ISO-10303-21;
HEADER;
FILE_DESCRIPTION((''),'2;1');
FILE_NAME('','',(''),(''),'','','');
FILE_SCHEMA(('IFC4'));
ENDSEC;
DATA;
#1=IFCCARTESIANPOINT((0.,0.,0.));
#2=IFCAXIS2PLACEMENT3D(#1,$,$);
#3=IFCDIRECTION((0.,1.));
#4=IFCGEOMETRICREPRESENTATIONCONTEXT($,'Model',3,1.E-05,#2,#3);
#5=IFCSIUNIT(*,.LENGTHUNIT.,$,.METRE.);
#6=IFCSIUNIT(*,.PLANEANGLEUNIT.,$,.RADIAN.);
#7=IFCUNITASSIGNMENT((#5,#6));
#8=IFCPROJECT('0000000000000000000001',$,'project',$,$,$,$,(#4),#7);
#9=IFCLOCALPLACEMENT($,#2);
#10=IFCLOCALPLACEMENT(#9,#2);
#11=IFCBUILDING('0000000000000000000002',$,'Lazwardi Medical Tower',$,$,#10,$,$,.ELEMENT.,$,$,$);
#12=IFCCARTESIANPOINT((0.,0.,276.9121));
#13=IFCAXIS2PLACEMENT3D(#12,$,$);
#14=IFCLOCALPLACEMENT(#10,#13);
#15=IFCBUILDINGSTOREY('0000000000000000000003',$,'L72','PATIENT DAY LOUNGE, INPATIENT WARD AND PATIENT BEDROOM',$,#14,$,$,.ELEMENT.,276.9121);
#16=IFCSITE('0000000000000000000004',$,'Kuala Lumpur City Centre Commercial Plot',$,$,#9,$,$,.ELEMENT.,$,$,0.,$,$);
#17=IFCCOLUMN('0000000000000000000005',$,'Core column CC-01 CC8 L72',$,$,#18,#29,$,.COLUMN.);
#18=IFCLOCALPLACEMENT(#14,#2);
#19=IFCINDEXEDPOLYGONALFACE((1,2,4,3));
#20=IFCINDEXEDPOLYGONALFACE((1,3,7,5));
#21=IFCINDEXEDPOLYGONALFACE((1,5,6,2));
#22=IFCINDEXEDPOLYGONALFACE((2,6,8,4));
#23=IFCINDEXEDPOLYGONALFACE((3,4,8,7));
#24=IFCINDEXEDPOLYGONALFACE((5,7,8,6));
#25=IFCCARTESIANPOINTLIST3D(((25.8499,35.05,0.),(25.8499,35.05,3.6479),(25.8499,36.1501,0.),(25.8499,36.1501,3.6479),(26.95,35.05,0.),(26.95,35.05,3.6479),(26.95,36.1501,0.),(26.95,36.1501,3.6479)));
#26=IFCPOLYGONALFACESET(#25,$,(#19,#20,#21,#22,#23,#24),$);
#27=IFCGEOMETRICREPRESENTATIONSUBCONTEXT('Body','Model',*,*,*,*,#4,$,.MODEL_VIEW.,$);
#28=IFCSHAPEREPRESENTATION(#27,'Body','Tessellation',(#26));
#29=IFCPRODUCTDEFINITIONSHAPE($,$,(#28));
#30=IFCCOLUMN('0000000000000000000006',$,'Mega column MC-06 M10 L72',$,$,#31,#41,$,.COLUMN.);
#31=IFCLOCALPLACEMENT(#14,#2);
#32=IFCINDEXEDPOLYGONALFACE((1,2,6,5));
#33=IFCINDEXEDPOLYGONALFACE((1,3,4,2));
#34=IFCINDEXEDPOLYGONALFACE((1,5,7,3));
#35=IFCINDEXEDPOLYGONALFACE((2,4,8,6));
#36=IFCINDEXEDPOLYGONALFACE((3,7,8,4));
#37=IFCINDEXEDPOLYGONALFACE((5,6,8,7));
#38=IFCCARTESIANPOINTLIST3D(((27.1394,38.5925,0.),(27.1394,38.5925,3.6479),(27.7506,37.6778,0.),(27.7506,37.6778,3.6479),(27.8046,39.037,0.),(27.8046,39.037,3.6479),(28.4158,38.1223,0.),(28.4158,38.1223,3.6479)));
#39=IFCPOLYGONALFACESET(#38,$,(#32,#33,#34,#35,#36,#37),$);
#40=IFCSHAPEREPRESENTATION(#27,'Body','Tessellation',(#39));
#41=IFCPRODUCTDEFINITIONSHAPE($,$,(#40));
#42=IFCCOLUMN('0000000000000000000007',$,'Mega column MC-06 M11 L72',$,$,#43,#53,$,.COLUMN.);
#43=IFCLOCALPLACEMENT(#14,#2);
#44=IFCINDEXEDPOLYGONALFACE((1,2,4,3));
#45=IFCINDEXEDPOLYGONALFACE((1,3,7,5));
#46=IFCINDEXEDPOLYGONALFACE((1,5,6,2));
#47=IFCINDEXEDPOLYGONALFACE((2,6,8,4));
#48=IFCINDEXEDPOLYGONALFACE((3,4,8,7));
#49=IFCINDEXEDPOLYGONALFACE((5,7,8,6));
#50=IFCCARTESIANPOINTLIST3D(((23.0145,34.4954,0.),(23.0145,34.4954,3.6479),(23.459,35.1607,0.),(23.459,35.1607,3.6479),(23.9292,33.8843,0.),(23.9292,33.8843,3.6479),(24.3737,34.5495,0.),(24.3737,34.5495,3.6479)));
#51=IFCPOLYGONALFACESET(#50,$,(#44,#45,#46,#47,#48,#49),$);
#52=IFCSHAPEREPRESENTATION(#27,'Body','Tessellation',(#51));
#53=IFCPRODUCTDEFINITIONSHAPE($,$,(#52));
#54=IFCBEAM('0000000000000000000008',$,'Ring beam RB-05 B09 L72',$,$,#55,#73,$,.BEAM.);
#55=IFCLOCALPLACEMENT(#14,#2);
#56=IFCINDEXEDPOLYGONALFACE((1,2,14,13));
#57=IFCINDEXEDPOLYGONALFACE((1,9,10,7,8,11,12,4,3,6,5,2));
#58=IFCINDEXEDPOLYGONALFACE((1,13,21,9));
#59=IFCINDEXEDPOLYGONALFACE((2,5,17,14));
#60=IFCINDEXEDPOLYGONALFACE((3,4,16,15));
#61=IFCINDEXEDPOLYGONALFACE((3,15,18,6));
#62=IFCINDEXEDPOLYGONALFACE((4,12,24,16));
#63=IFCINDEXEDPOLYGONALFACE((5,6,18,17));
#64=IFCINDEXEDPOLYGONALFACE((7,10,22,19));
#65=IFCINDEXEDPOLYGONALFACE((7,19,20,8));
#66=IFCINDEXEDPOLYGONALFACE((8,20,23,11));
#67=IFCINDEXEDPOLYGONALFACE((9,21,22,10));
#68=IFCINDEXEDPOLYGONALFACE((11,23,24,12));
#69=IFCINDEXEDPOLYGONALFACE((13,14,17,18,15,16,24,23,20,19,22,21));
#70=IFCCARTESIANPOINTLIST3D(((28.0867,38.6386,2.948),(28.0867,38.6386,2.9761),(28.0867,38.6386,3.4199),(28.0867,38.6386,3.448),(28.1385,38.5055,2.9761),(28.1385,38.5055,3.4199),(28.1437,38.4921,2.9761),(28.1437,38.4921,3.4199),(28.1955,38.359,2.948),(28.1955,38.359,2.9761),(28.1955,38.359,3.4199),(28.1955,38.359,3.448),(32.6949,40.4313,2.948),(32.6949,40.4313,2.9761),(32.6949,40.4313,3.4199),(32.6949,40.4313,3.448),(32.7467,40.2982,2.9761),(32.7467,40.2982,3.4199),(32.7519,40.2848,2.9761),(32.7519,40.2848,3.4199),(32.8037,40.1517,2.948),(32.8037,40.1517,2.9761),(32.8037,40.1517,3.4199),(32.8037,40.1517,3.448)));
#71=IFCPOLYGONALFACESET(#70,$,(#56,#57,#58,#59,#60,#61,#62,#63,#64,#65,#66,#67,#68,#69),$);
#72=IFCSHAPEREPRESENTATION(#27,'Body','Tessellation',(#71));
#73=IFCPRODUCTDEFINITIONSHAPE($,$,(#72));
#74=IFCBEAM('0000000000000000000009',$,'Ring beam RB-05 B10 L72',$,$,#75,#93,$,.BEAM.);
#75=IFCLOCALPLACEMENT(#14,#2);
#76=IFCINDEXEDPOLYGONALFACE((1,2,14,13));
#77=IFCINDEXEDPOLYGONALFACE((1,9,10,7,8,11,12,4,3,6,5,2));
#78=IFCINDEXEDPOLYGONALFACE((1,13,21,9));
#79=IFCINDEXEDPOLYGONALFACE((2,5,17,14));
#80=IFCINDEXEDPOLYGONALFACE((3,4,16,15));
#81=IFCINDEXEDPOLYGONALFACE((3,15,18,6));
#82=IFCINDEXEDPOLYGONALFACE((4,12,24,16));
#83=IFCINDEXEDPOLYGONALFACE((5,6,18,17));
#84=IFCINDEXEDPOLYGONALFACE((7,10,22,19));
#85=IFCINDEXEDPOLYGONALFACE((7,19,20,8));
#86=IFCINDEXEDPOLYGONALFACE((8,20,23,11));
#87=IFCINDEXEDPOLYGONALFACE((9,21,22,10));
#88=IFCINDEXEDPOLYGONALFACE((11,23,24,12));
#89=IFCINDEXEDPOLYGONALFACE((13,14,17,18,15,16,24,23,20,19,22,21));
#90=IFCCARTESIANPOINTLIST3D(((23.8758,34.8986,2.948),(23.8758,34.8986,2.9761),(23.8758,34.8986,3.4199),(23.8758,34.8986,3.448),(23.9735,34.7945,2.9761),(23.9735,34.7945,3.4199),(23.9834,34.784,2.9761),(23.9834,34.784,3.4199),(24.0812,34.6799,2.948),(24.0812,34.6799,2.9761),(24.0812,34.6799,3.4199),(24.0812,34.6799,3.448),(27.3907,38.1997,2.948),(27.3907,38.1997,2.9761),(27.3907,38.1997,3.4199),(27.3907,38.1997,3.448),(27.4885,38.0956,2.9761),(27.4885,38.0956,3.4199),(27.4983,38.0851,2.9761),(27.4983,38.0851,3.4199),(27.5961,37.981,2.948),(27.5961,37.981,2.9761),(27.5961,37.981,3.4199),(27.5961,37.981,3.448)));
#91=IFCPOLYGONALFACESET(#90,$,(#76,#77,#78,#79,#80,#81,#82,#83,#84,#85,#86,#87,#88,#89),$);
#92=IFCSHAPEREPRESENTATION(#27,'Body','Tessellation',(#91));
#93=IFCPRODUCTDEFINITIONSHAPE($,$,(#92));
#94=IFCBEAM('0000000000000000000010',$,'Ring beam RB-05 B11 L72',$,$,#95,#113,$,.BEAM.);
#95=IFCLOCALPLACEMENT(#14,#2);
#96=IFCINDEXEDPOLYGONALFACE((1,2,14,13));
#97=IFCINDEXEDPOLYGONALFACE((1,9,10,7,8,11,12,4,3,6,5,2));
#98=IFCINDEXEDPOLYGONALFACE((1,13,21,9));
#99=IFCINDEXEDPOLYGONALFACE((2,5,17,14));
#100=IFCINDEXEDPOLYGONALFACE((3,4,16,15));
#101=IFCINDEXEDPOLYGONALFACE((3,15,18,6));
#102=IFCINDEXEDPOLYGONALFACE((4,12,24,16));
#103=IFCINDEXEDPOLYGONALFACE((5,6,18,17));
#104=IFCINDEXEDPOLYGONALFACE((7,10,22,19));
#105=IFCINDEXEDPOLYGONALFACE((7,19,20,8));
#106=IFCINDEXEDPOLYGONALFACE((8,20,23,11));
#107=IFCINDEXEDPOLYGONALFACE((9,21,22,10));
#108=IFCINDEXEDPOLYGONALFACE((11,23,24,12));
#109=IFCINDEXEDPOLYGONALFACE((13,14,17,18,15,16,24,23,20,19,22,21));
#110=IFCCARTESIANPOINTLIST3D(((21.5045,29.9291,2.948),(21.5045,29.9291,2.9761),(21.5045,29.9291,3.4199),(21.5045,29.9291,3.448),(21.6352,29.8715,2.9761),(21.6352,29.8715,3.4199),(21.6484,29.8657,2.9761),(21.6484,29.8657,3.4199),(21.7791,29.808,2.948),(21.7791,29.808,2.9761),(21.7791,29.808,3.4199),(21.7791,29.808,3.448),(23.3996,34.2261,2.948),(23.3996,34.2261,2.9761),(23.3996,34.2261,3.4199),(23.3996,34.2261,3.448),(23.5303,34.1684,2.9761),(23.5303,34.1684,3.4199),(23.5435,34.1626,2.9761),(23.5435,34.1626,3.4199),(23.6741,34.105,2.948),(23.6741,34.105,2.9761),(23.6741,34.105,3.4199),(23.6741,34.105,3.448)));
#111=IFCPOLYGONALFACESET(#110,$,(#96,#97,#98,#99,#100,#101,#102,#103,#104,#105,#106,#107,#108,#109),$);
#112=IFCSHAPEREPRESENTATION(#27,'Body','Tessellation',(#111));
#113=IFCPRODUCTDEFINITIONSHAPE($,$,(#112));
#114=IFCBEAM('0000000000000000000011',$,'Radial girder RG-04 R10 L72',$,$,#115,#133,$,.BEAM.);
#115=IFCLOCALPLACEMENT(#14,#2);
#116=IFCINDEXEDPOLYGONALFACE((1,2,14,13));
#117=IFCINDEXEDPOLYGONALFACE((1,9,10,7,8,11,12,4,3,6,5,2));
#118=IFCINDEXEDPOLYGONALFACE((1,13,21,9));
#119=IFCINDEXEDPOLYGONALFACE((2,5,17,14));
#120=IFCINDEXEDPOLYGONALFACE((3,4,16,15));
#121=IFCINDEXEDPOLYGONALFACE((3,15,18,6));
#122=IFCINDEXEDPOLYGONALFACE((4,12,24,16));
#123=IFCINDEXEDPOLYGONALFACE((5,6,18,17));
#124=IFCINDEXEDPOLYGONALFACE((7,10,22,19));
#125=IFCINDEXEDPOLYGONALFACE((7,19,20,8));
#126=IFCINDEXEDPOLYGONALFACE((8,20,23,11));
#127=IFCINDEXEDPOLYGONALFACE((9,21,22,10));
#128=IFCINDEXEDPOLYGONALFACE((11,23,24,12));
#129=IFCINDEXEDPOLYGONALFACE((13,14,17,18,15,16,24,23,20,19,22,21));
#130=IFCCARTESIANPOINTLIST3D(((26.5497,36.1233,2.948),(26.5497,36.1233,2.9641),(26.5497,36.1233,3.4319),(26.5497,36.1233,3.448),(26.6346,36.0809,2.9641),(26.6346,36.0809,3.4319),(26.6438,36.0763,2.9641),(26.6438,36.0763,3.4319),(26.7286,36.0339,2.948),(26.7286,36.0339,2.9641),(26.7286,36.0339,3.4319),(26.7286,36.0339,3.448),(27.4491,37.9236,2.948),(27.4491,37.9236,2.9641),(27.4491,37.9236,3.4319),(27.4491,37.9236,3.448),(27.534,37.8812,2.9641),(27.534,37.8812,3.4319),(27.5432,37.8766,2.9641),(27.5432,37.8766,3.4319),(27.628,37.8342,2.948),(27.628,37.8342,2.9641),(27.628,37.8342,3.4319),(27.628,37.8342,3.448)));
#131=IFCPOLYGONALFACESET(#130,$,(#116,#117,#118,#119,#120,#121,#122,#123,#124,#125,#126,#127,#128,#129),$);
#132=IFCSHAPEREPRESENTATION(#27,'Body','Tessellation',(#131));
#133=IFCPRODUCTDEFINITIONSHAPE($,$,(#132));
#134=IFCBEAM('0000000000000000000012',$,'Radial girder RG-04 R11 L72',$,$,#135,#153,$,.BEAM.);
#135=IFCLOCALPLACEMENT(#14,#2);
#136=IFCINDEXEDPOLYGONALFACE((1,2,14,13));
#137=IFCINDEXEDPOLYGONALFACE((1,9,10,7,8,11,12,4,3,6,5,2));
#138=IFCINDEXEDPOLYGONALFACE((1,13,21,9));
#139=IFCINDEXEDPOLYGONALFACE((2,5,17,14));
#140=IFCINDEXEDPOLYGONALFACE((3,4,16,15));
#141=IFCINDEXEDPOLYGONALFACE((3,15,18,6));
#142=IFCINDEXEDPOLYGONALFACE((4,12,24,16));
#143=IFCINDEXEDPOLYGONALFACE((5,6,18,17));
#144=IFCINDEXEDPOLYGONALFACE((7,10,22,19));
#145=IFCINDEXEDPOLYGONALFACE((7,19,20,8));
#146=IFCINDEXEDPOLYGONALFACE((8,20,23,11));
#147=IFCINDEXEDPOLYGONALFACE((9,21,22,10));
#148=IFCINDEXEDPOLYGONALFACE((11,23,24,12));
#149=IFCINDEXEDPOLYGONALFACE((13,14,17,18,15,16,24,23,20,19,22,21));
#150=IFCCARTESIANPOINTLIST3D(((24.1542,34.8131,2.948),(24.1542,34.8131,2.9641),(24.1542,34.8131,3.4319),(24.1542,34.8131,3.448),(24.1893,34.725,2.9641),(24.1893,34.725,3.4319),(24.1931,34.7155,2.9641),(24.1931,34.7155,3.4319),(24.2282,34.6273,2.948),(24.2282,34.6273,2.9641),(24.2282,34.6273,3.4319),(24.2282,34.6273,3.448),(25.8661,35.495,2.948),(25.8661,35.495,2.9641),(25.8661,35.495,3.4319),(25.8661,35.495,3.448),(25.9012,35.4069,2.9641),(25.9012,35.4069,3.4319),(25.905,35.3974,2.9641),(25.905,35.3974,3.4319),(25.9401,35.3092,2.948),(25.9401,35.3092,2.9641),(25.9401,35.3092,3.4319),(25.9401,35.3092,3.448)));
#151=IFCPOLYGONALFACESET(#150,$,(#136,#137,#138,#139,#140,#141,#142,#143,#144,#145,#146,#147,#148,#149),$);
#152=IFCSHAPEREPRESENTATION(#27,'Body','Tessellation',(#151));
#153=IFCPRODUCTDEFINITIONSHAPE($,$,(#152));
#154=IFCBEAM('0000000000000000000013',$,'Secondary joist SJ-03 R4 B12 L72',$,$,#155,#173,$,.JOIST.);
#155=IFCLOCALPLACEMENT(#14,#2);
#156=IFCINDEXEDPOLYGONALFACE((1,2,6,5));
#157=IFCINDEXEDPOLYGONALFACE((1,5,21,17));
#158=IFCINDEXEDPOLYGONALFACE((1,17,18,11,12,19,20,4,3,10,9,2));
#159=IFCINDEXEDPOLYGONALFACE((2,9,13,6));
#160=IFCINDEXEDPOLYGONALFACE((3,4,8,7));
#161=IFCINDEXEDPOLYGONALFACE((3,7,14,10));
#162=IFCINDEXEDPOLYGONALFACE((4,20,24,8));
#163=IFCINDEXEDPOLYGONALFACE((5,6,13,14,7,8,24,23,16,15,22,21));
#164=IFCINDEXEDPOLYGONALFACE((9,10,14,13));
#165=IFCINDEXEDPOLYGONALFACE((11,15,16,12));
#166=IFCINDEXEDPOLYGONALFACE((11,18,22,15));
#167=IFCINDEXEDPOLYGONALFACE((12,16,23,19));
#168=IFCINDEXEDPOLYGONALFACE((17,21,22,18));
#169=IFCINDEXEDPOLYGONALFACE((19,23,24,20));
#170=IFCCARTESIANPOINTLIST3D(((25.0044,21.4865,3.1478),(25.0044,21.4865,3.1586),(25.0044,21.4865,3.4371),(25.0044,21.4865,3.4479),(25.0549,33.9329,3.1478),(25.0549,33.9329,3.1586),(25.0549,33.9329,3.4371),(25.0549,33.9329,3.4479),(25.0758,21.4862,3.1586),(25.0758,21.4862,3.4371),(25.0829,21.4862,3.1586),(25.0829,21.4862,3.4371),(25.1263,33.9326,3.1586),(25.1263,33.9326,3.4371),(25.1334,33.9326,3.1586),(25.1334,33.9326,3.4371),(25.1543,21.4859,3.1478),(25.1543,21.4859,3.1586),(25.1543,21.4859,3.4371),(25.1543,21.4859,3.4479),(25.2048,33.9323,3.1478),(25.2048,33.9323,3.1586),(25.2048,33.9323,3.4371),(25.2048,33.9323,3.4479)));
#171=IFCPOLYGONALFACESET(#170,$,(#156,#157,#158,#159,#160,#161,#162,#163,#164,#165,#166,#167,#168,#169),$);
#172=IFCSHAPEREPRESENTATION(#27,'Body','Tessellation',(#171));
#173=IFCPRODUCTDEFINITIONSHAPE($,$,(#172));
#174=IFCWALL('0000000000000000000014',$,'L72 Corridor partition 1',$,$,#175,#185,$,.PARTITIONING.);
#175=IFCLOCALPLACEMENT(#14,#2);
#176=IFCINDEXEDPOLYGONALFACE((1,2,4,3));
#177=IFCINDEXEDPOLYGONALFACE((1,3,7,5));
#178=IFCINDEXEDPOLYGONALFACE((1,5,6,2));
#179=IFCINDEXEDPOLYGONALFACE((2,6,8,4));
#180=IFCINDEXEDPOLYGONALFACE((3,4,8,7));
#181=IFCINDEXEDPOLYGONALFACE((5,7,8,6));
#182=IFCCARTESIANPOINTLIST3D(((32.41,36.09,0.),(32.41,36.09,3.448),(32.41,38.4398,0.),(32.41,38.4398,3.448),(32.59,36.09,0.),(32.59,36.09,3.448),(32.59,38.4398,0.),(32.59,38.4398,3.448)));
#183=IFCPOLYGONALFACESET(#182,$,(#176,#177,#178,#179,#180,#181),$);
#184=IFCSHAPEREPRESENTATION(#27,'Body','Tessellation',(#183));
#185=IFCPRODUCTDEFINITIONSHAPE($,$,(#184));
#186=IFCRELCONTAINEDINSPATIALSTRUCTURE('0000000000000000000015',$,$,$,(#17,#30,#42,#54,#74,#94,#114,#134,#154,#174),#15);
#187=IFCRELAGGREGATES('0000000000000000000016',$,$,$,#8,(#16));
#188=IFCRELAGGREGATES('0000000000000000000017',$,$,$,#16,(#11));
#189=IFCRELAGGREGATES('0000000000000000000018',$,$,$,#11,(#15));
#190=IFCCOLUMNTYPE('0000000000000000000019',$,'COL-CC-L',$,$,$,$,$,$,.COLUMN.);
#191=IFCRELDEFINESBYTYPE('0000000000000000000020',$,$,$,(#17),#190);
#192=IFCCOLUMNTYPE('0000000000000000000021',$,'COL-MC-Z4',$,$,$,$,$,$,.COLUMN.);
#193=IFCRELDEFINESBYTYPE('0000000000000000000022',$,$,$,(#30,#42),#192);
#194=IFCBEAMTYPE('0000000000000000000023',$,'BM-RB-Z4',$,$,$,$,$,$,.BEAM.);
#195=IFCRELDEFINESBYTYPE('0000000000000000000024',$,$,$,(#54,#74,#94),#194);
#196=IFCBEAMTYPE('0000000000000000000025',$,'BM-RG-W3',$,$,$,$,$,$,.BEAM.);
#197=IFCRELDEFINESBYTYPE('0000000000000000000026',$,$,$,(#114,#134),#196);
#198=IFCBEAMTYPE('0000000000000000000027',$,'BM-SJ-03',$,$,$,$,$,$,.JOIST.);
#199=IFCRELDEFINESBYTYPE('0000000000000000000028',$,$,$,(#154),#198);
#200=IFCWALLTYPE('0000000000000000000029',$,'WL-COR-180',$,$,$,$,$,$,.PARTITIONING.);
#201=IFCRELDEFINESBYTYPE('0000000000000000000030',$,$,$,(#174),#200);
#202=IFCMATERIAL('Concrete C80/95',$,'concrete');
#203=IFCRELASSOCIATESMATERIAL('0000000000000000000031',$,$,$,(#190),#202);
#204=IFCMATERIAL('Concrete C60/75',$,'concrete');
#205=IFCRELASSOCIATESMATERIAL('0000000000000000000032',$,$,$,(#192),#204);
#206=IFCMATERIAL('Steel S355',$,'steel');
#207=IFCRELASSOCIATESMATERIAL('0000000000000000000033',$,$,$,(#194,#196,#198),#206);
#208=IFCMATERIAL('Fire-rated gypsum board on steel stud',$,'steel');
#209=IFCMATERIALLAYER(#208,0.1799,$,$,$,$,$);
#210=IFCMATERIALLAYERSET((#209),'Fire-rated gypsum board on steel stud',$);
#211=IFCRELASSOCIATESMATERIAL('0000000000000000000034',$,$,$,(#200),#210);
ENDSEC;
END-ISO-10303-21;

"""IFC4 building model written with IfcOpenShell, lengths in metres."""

from ifc_helpers import new_model, si_unit, direction, frame, frame_2d, origin, origin_2d, place, context, subcontext, project, spatial, rectangle, i_section, extrude, material, layer, layer_set, material_profile, profile_set, type_object, element, save


model = new_model("IFC4")

# Units and contexts
model_context = context("Model", 3, precision=1e-05, world=origin(), true_north=direction((0.0, 1.0)))
body_context = subcontext(model_context, "Body", "Model", "MODEL_VIEW")
ifc_project = project(units=[si_unit("LENGTHUNIT", "METRE"), si_unit("PLANEANGLEUNIT", "RADIAN")], contexts=[model_context])

# Site, building, storey
site_placement = place(None, origin())
site = spatial("IfcSite", under=ifc_project, at=site_placement, Name="Kuala Lumpur City Centre Commercial Plot", CompositionType="ELEMENT", RefElevation=0.0)
building_placement = place(site_placement, origin())
building = spatial("IfcBuilding", under=site, at=building_placement, Name="Lazwardi Medical Tower", CompositionType="ELEMENT")
storey_placement = place(building_placement, frame((0.0, 0.0, 276.9121)))
storey = spatial("IfcBuildingStorey", under=building, at=storey_placement, Name="L72", Description="PATIENT DAY LOUNGE, INPATIENT WARD AND PATIENT BEDROOM", CompositionType="ELEMENT", Elevation=276.9121)

# Columns
ifc_material_1 = material(Name="Concrete C80/95", Category="concrete")
ifc_material_profile_1 = material_profile(ifc_material_1, rectangle(XDim=1.1001, YDim=1.1001, at=origin_2d()), Name="RC 1100x1100")
ifc_profile_set_1 = profile_set([ifc_material_profile_1], Name="Concrete C80/95")
column_type_1 = type_object("IfcColumnType", Name="COL-CC-L", PredefinedType="COLUMN", material=ifc_profile_set_1)
column_placement = place(storey_placement, frame((26.3999, 35.6001, 0.0), z_axis=(0.0, 0.0, 1.0), x_axis=(1.0, 0.0, 0.0)))
element("IfcColumn", 1, at=column_placement, inside=storey, type_object=column_type_1, Name="Core column CC-01 CC8 L72", PredefinedType="COLUMN", context=body_context, shape_type="SweptSolid", body=[
    extrude(rectangle(XDim=1.1001, YDim=1.1001, at=origin_2d()), origin(), (0.0, 0.0, 1.0), 3.6479),
])
ifc_material_2 = material(Name="Concrete C60/75", Category="concrete")
ifc_material_profile_2 = material_profile(ifc_material_2, rectangle(XDim=1.1001, YDim=0.8, at=origin_2d()), Name="CFT-RECT 1100x800")
ifc_profile_set_2 = profile_set([ifc_material_profile_2], Name="Concrete C60/75")
column_type_2 = type_object("IfcColumnType", Name="COL-MC-Z4", PredefinedType="COLUMN", material=ifc_profile_set_2)
for number, where, z_axis, x_axis, name in (
    (2, (27.7776, 38.3574, 0.0), (0.0, 0.0, 1.0), (-0.55557, 0.83147, 0.0), "Mega column MC-06 M10 L72"),
    (3, (23.6941, 34.5225, 0.0), (0.0, 0.0, 1.0), (-0.83147, 0.55557, 0.0), "Mega column MC-06 M11 L72"),
):
    element("IfcColumn", number, at=place(storey_placement, frame(where, z_axis=z_axis, x_axis=x_axis)), inside=storey, type_object=column_type_2, Name=name, PredefinedType="COLUMN", context=body_context, shape_type="SweptSolid", body=[
        extrude(rectangle(XDim=1.1001, YDim=0.8, at=origin_2d()), origin(), (0.0, 0.0, 1.0), 3.6479),
    ])

# Beams
ifc_material_3 = material(Name="Steel S355", Category="steel")
ifc_material_profile_3 = material_profile(ifc_material_3, i_section(OverallWidth=0.3, OverallDepth=0.5, WebThickness=0.0144, FlangeThickness=0.0281, at=origin_2d()), Name="HEB 500")
ifc_profile_set_3 = profile_set([ifc_material_profile_3], Name="Steel S355")
beam_type_1 = type_object("IfcBeamType", Name="BM-RB-Z4", PredefinedType="BEAM", material=ifc_profile_set_3)
beam_1_placement = place(storey_placement, frame((32.7493, 40.2915, 3.198), z_axis=(-0.931959, -0.362563, 0.0), x_axis=(0.362563, -0.931959, 0.0)))
element("IfcBeam", 4, at=beam_1_placement, inside=storey, type_object=beam_type_1, Name="Ring beam RB-05 B09 L72", PredefinedType="BEAM", context=body_context, shape_type="SweptSolid", body=[
    extrude(i_section(OverallWidth=0.3, OverallDepth=0.5, WebThickness=0.0144, FlangeThickness=0.0281, at=origin_2d()), origin(), (0.0, 0.0, 1.0), 4.9446),
])
beam_2_placement = place(storey_placement, frame((27.4934, 38.0903, 3.198), z_axis=(-0.728935, -0.684583, 0.0), x_axis=(0.684583, -0.728935, 0.0)))
element("IfcBeam", 5, at=beam_2_placement, inside=storey, type_object=beam_type_1, Name="Ring beam RB-05 B10 L72", PredefinedType="BEAM", context=body_context, shape_type="SweptSolid", body=[
    extrude(i_section(OverallWidth=0.3, OverallDepth=0.5, WebThickness=0.0144, FlangeThickness=0.0281, at=origin_2d()), origin(), (0.0, 0.0, 1.0), 4.822),
])
beam_3_placement = place(storey_placement, frame((23.5369, 34.1655, 3.198), z_axis=(-0.403522, -0.91497, 0.0), x_axis=(0.91497, -0.403522, 0.0)))
element("IfcBeam", 6, at=beam_3_placement, inside=storey, type_object=beam_type_1, Name="Ring beam RB-05 B11 L72", PredefinedType="BEAM", context=body_context, shape_type="SweptSolid", body=[
    extrude(i_section(OverallWidth=0.3, OverallDepth=0.5, WebThickness=0.0144, FlangeThickness=0.0281, at=origin_2d()), origin(), (0.0, 0.0, 1.0), 4.6963),
])
ifc_material_profile_4 = material_profile(ifc_material_3, i_section(OverallWidth=0.2, OverallDepth=0.5, WebThickness=0.0103, FlangeThickness=0.0161, at=origin_2d()), Name="IPE 500")
ifc_profile_set_4 = profile_set([ifc_material_profile_4], Name="Steel S355")
beam_type_2 = type_object("IfcBeamType", Name="BM-RG-W3", PredefinedType="BEAM", material=ifc_profile_set_4)
beam_4_placement = place(storey_placement, frame((27.5386, 37.8789, 3.198), z_axis=(-0.446922, -0.894573, 0.0), x_axis=(0.894573, -0.446922, 0.0)))
element("IfcBeam", 7, at=beam_4_placement, inside=storey, type_object=beam_type_2, Name="Radial girder RG-04 R10 L72", PredefinedType="BEAM", context=body_context, shape_type="SweptSolid", body=[
    extrude(i_section(OverallWidth=0.2, OverallDepth=0.5, WebThickness=0.0103, FlangeThickness=0.0161, at=origin_2d()), origin(), (0.0, 0.0, 1.0), 2.0125),
])
beam_5_placement = place(storey_placement, frame((24.1912, 34.7202, 3.198), z_axis=(0.929015, 0.370043, 0.0), x_axis=(-0.370043, 0.929015, 0.0)))
element("IfcBeam", 8, at=beam_5_placement, inside=storey, type_object=beam_type_2, Name="Radial girder RG-04 R11 L72", PredefinedType="BEAM", context=body_context, shape_type="SweptSolid", body=[
    extrude(i_section(OverallWidth=0.2, OverallDepth=0.5, WebThickness=0.0103, FlangeThickness=0.0161, at=origin_2d()), origin(), (0.0, 0.0, 1.0), 1.8428),
])
ifc_material_profile_5 = material_profile(ifc_material_3, i_section(OverallWidth=0.1499, OverallDepth=0.3, WebThickness=0.0071, FlangeThickness=0.0107, at=origin_2d()), Name="IPE 300")
ifc_profile_set_5 = profile_set([ifc_material_profile_5], Name="Steel S355")
beam_type_3 = type_object("IfcBeamType", Name="BM-SJ-03", PredefinedType="JOIST", material=ifc_profile_set_5)
beam_6_placement = place(storey_placement, frame((25.1299, 33.9326, 3.2979), z_axis=(-0.00406, -0.999992, 0.0), x_axis=(0.999992, -0.00406, 0.0)))
element("IfcBeam", 9, at=beam_6_placement, inside=storey, type_object=beam_type_3, Name="Secondary joist SJ-03 R4 B12 L72", PredefinedType="JOIST", context=body_context, shape_type="SweptSolid", body=[
    extrude(i_section(OverallWidth=0.1499, OverallDepth=0.3, WebThickness=0.0071, FlangeThickness=0.0107, at=origin_2d()), origin(), (0.0, 0.0, 1.0), 12.4465),
])

# Wall
ifc_material_4 = material(Name="Fire-rated gypsum board on steel stud", Category="steel")
ifc_layer_1 = layer(ifc_material_4, 0.1799)
ifc_layer_set_1 = layer_set([ifc_layer_1], Name="Fire-rated gypsum board on steel stud")
wall_type_1 = type_object("IfcWallType", Name="WL-COR-180", PredefinedType="PARTITIONING", material=ifc_layer_set_1)
wall_1_placement = place(storey_placement, frame((32.5, 36.0901, 0.0), z_axis=(0.0, 0.0, 1.0), x_axis=(0.0, 1.0, 0.0)))
element("IfcWall", 10, at=wall_1_placement, inside=storey, type_object=wall_type_1, Name="L72 Corridor partition 1", PredefinedType="PARTITIONING", context=body_context, shape_type="SweptSolid", body=[
    extrude(rectangle(XDim=2.3499, YDim=0.1799, at=frame_2d((1.1748, 0.0))), origin(), (0.0, 0.0, 1.0), 3.448),
])

save(model, "model.ifc")
